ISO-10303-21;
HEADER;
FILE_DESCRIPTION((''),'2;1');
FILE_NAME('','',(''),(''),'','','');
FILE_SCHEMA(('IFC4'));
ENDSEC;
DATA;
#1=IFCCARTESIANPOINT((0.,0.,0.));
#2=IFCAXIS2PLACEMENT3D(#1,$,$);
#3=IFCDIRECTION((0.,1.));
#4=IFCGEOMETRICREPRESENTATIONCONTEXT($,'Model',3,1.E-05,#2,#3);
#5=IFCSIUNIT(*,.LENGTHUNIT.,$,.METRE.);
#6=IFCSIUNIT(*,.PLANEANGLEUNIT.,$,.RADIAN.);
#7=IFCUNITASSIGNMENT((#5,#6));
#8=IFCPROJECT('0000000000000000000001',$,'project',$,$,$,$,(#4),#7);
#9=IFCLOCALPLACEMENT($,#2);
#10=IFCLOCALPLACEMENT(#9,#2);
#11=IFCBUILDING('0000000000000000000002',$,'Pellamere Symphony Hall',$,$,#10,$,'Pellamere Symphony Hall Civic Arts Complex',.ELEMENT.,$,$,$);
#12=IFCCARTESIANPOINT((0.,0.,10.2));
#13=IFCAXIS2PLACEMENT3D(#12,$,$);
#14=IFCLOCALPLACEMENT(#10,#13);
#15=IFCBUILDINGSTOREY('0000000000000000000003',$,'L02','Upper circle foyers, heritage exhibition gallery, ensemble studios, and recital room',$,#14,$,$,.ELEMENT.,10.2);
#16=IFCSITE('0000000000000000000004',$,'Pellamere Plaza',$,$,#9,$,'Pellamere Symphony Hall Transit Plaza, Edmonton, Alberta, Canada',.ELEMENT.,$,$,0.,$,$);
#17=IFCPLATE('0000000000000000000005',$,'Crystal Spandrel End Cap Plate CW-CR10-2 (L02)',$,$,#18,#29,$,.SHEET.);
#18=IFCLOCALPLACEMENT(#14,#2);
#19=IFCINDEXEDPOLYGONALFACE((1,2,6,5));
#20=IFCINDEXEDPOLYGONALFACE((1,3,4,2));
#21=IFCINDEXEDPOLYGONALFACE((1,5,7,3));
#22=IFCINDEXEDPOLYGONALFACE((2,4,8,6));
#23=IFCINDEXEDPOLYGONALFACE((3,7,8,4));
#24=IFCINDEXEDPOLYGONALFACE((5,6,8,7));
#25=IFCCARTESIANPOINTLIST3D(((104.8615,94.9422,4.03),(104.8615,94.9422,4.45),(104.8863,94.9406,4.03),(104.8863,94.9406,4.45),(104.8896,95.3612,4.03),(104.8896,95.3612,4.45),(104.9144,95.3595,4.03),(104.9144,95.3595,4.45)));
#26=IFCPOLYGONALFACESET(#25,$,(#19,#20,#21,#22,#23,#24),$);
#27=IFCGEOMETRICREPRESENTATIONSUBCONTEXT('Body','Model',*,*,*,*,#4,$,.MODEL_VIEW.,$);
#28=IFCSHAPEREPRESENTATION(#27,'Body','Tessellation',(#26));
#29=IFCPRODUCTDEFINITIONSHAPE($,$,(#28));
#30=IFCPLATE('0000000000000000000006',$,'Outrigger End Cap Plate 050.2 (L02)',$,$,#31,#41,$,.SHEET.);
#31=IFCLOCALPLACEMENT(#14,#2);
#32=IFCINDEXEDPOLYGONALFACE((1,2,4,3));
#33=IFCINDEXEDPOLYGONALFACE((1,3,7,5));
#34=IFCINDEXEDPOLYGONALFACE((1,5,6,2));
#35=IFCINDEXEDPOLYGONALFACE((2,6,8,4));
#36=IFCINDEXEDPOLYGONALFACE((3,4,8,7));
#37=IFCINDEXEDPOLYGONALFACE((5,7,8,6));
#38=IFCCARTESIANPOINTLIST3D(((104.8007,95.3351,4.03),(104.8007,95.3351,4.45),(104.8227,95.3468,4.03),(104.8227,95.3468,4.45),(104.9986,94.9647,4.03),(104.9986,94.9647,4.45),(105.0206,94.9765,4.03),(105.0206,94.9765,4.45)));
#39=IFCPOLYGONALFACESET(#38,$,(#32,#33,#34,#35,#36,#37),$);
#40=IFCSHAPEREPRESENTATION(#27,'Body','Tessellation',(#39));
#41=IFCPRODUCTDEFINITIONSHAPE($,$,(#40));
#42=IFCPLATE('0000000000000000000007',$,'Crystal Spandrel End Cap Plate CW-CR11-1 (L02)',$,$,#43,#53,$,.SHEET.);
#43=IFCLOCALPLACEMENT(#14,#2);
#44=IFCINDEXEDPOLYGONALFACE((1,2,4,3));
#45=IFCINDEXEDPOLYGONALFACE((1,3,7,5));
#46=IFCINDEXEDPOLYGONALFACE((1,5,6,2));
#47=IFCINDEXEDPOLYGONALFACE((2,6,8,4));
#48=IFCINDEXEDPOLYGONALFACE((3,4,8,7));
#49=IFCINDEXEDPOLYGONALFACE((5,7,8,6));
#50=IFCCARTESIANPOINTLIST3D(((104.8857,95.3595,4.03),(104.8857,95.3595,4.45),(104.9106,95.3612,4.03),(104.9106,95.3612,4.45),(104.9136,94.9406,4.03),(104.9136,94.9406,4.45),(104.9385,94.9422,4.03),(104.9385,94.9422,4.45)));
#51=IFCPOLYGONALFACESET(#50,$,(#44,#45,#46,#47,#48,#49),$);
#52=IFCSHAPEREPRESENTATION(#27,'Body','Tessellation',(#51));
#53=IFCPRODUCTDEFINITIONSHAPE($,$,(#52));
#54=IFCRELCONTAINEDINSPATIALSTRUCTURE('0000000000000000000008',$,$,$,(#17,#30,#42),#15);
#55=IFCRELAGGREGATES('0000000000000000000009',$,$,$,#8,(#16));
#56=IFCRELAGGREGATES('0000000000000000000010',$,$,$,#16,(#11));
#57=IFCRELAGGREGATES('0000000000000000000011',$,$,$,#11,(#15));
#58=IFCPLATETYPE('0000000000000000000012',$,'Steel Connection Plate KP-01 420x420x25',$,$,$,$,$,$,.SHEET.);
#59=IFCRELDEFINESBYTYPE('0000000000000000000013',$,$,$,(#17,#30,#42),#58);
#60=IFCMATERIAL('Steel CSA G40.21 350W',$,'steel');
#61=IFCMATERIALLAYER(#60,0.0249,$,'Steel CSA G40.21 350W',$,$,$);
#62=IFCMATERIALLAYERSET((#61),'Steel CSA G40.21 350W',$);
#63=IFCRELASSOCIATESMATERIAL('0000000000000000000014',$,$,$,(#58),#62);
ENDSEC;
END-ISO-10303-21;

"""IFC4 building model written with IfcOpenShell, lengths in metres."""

from ifc_helpers import new_model, si_unit, direction, frame, origin, origin_2d, place, context, subcontext, project, spatial, rectangle, extrude, material, layer, layer_set, type_object, element, save


model = new_model("IFC4")

# Units and contexts
model_context = context("Model", 3, precision=1e-05, world=origin(), true_north=direction((0.0, 1.0)))
body_context = subcontext(model_context, "Body", "Model", "MODEL_VIEW")
ifc_project = project(units=[si_unit("LENGTHUNIT", "METRE"), si_unit("PLANEANGLEUNIT", "RADIAN")], contexts=[model_context])

# Site, building, storey
site_placement = place(None, origin())
site = spatial("IfcSite", under=ifc_project, at=site_placement, Name="Pellamere Plaza", LongName="Pellamere Symphony Hall Transit Plaza, Edmonton, Alberta, Canada", CompositionType="ELEMENT", RefElevation=0.0)
building_placement = place(site_placement, origin())
building = spatial("IfcBuilding", under=site, at=building_placement, Name="Pellamere Symphony Hall", LongName="Pellamere Symphony Hall Civic Arts Complex", CompositionType="ELEMENT")
storey_placement = place(building_placement, frame((0.0, 0.0, 10.2)))
storey = spatial("IfcBuildingStorey", under=building, at=storey_placement, Name="L02", Description="Upper circle foyers, heritage exhibition gallery, ensemble studios, and recital room", CompositionType="ELEMENT", Elevation=10.2)

# Shared definitions
ifc_material_1 = material(Name="Steel CSA G40.21 350W", Category="steel")

# Plates
ifc_layer_1 = layer(ifc_material_1, 0.0249, Name="Steel CSA G40.21 350W")
ifc_layer_set_1 = layer_set([ifc_layer_1], Name="Steel CSA G40.21 350W")
plate_type_1 = type_object("IfcPlateType", Name="Steel Connection Plate KP-01 420x420x25", PredefinedType="SHEET", material=ifc_layer_set_1)
for number, where, z_axis, x_axis, name in (
    (1, (104.8879, 95.1509, 4.03), (0.0, 0.0, 1.0), (-0.997755, 0.06697, 0.0), "Crystal Spandrel End Cap Plate CW-CR10-2 (L02)"),
    (2, (104.9106, 95.1558, 4.03), (0.0, 0.0, 1.0), (0.881962, 0.47132, 0.0), "Outrigger End Cap Plate 050.2 (L02)"),
    (3, (104.9121, 95.1509, 4.03), (0.0, 0.0, 1.0), (-0.99779, -0.066448, 0.0), "Crystal Spandrel End Cap Plate CW-CR11-1 (L02)"),
):
    element("IfcPlate", number, at=place(storey_placement, frame(where, z_axis=z_axis, x_axis=x_axis)), inside=storey, type_object=plate_type_1, Name=name, PredefinedType="SHEET", context=body_context, shape_type="SweptSolid", body=[
        extrude(rectangle(XDim=0.0249, YDim=0.4199, at=origin_2d()), origin(), (0.0, 0.0, 1.0), 0.4199),
    ])

save(model, "model.ifc")
